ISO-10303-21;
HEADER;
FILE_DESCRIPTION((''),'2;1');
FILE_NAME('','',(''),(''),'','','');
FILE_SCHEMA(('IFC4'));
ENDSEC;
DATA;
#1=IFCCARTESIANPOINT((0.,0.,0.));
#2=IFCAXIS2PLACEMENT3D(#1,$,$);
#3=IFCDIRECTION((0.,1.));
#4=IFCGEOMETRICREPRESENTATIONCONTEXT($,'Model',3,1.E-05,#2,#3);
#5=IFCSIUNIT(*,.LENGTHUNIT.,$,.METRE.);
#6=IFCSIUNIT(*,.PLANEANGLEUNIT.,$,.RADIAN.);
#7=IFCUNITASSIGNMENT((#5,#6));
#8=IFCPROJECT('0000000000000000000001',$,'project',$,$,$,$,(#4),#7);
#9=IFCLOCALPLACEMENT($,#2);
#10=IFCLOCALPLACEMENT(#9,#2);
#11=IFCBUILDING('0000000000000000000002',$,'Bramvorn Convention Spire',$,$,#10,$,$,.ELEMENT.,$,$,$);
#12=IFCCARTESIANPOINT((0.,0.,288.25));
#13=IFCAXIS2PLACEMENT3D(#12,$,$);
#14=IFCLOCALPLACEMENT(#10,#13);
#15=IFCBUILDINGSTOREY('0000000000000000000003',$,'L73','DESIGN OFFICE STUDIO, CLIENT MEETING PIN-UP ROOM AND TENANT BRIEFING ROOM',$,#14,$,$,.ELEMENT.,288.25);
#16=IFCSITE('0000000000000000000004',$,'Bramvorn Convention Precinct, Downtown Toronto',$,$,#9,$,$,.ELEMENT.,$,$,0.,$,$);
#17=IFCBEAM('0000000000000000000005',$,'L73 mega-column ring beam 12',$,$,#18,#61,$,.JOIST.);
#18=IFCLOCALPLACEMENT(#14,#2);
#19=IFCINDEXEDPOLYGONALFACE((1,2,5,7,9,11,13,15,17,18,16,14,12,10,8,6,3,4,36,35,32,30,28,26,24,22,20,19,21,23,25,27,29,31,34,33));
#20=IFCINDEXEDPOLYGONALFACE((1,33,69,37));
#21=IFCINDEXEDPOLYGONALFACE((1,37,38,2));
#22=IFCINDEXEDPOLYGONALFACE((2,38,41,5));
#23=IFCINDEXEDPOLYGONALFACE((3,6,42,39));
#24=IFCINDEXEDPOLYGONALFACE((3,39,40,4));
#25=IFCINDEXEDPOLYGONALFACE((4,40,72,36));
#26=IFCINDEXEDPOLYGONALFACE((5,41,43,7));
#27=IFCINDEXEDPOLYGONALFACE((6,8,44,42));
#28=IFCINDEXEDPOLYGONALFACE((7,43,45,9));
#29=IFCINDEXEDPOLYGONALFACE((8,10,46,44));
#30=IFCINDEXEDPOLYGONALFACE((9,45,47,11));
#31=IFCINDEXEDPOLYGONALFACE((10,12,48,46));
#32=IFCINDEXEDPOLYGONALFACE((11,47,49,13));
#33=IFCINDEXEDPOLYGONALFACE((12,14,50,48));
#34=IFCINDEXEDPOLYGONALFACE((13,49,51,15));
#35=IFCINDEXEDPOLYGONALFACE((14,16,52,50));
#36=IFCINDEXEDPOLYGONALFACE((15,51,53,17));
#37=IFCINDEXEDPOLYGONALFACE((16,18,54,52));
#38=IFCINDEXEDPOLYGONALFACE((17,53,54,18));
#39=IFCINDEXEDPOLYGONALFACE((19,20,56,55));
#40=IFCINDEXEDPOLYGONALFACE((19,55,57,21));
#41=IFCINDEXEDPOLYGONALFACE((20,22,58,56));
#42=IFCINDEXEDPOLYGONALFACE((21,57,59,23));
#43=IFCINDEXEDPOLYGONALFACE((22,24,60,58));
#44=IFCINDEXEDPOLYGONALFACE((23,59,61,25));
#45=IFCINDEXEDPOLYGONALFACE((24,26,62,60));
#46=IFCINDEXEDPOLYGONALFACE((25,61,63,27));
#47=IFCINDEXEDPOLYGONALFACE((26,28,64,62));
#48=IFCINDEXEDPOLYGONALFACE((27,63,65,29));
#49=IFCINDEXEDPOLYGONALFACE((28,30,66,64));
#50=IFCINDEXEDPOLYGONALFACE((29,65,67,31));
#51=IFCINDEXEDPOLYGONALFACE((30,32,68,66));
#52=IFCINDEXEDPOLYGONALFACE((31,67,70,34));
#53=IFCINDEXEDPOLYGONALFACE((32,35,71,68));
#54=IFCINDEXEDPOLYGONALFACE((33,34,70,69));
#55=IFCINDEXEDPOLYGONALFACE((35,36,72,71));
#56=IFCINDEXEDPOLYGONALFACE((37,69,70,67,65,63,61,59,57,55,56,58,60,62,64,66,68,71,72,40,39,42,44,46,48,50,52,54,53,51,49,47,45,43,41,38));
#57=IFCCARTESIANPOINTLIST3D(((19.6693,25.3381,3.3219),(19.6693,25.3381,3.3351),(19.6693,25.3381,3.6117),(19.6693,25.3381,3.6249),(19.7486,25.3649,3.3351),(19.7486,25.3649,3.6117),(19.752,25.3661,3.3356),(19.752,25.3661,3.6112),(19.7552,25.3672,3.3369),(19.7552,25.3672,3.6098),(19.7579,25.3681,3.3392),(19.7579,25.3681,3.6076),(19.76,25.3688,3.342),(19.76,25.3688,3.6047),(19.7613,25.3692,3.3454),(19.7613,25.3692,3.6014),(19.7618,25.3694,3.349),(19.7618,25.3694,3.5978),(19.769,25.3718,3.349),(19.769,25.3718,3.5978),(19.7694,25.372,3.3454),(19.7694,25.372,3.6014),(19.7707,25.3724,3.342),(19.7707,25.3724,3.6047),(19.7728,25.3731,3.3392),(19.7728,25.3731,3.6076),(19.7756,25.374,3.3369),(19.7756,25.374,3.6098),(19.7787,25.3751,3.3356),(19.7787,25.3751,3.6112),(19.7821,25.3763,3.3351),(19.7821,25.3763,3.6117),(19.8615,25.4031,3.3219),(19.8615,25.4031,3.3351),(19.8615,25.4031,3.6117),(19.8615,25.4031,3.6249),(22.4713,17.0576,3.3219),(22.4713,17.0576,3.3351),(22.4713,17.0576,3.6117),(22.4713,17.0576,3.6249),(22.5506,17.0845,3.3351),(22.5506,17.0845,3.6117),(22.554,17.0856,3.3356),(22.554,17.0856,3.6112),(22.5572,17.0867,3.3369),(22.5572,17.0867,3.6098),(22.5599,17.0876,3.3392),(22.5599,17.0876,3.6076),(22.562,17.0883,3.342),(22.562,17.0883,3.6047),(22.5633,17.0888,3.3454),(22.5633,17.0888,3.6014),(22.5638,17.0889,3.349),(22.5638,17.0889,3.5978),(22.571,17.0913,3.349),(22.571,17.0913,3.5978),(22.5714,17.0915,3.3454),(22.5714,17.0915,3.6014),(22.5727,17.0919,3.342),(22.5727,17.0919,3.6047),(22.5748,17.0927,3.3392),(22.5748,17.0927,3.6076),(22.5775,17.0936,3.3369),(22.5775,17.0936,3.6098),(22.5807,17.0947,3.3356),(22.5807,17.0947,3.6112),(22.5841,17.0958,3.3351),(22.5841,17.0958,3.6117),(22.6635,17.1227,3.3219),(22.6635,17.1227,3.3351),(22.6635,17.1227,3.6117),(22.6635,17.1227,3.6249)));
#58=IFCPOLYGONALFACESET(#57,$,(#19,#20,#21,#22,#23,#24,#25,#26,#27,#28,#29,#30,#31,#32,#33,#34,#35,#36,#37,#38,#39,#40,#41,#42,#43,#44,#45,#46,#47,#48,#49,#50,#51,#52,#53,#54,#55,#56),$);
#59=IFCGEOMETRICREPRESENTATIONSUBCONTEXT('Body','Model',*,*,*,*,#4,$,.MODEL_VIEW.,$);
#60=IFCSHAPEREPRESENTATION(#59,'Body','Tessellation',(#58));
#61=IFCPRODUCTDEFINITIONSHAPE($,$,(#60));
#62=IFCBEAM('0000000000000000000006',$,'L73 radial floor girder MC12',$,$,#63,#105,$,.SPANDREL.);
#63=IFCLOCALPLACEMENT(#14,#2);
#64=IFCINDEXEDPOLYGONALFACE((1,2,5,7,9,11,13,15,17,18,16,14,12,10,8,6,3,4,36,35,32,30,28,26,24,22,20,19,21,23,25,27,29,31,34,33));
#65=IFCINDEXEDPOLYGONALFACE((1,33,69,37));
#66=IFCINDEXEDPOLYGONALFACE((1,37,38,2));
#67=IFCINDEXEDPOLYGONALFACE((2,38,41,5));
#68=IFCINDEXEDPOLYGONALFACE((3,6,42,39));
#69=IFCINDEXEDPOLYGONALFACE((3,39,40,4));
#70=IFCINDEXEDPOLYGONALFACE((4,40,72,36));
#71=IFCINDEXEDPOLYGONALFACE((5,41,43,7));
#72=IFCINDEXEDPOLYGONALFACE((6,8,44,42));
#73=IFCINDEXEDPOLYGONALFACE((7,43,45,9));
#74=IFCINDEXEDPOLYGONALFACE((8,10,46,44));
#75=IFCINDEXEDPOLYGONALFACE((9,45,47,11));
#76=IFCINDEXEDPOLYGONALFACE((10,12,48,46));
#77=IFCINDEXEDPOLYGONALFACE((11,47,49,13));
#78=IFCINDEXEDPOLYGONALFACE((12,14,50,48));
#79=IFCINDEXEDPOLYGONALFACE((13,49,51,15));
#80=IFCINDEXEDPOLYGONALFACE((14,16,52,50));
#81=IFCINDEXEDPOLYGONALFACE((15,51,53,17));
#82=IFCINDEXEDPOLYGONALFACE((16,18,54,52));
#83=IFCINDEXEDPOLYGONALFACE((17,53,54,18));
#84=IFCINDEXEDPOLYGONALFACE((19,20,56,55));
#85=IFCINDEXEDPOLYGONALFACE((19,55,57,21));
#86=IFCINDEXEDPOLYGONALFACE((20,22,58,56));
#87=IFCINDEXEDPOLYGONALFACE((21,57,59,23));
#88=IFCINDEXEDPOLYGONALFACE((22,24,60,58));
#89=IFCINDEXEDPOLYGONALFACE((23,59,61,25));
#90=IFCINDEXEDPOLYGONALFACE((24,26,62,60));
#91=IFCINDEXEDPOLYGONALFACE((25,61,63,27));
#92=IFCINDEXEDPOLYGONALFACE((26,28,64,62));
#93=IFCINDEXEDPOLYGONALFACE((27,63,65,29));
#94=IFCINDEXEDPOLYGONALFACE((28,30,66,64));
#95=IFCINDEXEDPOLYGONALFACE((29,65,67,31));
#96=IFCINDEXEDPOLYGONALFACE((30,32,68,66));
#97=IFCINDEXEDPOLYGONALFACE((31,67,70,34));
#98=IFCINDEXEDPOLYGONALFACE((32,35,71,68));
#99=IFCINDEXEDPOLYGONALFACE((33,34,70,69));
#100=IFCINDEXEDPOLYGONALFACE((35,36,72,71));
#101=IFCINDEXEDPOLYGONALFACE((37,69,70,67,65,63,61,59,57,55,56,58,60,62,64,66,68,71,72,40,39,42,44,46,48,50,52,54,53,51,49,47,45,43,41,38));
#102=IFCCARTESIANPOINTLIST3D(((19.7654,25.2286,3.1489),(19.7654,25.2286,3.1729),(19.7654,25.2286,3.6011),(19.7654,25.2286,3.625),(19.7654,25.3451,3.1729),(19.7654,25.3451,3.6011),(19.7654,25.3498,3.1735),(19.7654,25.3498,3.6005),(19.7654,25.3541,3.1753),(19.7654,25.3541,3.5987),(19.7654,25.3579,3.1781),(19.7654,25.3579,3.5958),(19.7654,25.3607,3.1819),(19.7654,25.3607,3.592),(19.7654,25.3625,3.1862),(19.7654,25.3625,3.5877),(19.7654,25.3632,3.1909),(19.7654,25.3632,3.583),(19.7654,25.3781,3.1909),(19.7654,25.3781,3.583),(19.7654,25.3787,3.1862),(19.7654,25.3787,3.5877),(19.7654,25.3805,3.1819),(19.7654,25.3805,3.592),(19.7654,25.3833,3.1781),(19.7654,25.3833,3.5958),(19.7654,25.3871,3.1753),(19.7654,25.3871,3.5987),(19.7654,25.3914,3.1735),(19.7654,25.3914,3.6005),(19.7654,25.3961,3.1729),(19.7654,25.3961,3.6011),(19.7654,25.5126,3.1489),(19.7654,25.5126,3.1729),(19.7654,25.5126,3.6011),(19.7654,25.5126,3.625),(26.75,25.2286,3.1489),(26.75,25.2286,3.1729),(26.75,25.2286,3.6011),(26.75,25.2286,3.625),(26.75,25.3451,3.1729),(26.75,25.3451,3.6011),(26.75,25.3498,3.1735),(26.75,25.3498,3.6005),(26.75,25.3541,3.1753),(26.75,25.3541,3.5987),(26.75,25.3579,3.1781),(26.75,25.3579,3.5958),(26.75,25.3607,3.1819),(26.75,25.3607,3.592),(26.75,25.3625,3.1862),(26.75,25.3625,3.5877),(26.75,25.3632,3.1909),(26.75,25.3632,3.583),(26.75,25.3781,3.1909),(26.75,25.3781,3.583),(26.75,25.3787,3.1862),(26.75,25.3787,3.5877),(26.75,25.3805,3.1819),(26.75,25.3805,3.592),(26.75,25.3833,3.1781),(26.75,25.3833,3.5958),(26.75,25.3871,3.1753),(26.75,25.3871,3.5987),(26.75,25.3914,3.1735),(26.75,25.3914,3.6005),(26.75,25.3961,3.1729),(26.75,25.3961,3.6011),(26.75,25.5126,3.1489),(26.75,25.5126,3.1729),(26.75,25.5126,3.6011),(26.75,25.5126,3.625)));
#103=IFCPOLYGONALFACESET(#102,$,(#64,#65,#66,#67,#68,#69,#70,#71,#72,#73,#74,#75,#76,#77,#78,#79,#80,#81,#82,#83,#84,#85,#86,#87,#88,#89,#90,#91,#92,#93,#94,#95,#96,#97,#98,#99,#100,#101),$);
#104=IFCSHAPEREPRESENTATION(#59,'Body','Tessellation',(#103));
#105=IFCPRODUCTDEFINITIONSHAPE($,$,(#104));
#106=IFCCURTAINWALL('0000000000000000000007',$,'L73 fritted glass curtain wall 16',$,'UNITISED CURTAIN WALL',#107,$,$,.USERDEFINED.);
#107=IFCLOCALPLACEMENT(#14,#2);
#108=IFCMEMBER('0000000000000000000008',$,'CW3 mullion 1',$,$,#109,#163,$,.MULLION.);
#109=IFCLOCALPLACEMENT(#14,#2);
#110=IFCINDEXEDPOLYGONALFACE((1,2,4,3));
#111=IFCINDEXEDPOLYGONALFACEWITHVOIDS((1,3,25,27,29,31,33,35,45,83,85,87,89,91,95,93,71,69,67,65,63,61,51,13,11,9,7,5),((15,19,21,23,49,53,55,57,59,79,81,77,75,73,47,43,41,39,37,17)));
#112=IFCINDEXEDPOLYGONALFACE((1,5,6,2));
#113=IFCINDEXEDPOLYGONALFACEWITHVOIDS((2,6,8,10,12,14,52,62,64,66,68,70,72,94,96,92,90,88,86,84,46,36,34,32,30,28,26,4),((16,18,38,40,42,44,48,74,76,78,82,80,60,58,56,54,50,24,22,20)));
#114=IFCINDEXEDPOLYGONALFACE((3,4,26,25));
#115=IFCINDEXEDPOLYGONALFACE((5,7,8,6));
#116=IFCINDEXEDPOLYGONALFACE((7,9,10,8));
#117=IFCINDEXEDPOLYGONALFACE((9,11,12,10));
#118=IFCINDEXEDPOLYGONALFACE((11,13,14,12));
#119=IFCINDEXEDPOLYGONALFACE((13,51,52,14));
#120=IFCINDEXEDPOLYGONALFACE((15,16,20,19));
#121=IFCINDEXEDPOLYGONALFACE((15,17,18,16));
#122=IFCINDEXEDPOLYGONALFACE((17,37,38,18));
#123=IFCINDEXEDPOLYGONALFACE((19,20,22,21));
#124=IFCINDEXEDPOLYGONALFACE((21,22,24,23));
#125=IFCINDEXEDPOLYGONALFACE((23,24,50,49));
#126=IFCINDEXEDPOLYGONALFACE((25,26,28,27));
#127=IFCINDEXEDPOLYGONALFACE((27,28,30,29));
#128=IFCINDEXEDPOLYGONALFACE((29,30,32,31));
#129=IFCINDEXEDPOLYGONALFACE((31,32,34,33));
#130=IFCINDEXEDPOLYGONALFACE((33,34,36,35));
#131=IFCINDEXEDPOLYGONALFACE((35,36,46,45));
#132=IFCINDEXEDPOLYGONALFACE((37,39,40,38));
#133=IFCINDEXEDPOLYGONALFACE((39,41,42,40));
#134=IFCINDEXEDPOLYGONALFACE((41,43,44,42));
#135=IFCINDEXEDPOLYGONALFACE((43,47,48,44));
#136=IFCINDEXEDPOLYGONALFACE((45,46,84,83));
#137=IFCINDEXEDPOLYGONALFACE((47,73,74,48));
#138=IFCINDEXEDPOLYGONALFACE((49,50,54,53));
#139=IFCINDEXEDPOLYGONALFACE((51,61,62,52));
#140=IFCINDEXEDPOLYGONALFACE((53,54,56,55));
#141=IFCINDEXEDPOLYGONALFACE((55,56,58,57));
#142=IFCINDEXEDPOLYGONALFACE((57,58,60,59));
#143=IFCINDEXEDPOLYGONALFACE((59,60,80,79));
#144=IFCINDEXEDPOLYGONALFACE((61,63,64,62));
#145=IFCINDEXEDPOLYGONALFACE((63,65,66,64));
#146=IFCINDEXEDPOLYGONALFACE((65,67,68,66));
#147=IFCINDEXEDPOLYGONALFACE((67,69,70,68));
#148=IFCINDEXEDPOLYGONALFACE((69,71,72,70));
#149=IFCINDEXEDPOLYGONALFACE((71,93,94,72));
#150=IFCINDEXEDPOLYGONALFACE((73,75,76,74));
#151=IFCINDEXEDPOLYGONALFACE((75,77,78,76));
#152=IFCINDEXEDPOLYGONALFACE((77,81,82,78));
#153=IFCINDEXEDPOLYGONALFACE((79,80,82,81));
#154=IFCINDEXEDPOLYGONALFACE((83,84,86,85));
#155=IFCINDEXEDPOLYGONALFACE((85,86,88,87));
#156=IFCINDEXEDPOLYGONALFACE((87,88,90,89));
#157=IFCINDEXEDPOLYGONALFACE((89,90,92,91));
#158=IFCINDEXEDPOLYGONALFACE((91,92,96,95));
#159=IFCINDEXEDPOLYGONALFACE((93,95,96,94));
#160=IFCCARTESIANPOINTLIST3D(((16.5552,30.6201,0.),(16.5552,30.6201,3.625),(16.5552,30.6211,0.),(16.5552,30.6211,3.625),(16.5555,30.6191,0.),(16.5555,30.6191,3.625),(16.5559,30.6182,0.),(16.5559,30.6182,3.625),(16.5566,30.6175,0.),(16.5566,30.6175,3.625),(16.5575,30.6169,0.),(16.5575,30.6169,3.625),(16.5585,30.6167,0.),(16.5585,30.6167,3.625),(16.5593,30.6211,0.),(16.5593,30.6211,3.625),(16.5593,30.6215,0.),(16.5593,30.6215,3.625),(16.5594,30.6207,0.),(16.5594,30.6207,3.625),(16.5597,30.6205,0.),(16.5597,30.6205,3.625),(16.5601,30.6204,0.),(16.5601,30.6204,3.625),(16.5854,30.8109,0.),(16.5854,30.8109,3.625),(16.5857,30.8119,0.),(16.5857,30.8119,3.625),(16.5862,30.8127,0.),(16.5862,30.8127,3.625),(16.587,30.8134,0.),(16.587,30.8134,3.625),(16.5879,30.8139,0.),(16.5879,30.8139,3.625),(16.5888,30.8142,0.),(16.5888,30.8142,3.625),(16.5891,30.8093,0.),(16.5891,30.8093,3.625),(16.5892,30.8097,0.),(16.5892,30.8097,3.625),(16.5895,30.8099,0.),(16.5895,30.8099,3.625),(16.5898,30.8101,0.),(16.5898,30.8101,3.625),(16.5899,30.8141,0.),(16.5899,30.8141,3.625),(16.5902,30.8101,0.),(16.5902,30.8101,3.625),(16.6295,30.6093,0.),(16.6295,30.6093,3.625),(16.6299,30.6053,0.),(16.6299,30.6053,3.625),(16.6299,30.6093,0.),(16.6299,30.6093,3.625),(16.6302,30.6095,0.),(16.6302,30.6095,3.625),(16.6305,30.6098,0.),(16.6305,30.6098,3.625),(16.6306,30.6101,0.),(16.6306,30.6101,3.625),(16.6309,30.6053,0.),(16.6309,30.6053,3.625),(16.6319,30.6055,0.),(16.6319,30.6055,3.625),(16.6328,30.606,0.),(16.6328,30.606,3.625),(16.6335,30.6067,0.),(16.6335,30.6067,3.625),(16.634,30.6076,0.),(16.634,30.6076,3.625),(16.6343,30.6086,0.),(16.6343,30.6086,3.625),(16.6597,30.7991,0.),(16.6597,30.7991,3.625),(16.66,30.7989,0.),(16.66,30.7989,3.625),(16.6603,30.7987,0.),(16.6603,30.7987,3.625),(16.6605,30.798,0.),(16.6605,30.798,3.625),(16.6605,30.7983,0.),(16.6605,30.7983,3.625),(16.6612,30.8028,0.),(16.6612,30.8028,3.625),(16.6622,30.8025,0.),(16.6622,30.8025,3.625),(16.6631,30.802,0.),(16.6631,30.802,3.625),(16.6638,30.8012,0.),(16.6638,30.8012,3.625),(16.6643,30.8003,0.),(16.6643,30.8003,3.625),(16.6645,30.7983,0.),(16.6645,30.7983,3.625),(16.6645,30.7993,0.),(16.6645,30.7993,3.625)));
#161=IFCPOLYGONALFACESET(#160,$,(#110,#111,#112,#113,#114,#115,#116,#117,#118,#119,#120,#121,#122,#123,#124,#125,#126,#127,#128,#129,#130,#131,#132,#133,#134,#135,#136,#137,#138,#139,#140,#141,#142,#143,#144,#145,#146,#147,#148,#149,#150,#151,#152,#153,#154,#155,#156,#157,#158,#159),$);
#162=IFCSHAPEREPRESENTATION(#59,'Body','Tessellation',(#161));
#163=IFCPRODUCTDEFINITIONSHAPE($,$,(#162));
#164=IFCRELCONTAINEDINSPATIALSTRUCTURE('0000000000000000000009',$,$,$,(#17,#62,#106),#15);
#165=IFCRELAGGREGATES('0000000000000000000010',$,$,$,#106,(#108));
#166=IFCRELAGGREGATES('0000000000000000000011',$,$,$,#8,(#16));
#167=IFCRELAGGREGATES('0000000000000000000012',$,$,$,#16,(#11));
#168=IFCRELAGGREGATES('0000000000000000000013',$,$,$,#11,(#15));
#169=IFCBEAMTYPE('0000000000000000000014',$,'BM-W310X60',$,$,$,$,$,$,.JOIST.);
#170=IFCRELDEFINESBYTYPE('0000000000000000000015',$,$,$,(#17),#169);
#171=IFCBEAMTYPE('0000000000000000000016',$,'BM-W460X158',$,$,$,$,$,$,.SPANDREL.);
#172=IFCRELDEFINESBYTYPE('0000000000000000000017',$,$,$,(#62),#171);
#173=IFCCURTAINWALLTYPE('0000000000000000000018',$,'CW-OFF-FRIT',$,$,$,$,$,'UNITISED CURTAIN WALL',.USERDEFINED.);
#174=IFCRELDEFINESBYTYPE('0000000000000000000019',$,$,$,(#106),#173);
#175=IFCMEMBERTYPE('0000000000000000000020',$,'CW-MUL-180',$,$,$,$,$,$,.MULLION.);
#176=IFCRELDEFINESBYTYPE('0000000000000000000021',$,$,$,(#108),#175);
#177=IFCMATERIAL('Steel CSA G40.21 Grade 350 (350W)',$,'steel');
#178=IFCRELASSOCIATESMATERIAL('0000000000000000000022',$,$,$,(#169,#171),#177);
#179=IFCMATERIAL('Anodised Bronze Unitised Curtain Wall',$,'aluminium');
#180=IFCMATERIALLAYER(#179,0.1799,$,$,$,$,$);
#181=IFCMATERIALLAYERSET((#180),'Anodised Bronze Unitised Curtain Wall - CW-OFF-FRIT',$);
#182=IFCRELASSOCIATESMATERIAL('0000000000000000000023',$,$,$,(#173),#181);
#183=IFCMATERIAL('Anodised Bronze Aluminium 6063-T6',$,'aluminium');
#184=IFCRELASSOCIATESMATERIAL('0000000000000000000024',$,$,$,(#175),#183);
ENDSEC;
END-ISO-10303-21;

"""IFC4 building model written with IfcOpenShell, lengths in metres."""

from ifc_helpers import new_model, si_unit, direction, frame, origin, origin_2d, place, context, subcontext, project, spatial, hollow_rectangle, i_section, extrude, material, layer, layer_set, material_profile, profile_set, type_object, element, aggregate, save


model = new_model("IFC4")

# Units and contexts
model_context = context("Model", 3, precision=1e-05, world=origin(), true_north=direction((0.0, 1.0)))
body_context = subcontext(model_context, "Body", "Model", "MODEL_VIEW")
ifc_project = project(units=[si_unit("LENGTHUNIT", "METRE"), si_unit("PLANEANGLEUNIT", "RADIAN")], contexts=[model_context])

# Site, building, storey
site_placement = place(None, origin())
site = spatial("IfcSite", under=ifc_project, at=site_placement, Name="Bramvorn Convention Precinct, Downtown Toronto", CompositionType="ELEMENT", RefElevation=0.0)
building_placement = place(site_placement, origin())
building = spatial("IfcBuilding", under=site, at=building_placement, Name="Bramvorn Convention Spire", CompositionType="ELEMENT")
storey_placement = place(building_placement, frame((0.0, 0.0, 288.25)))
storey = spatial("IfcBuildingStorey", under=building, at=storey_placement, Name="L73", Description="DESIGN OFFICE STUDIO, CLIENT MEETING PIN-UP ROOM AND TENANT BRIEFING ROOM", CompositionType="ELEMENT", Elevation=288.25)

# Shared definitions
ifc_material_1 = material(Name="Steel CSA G40.21 Grade 350 (350W)", Category="steel")

# Beams
ifc_material_profile_1 = material_profile(ifc_material_1, i_section(OverallWidth=0.2029, OverallDepth=0.303, WebThickness=0.0076, FlangeThickness=0.0132, FilletRadius=0.0139, at=origin_2d()))
ifc_profile_set_1 = profile_set([ifc_material_profile_1], Name="Steel CSA G40.21 Grade 350 (350W) - W310X60")
beam_type_1 = type_object("IfcBeamType", Name="BM-W310X60", PredefinedType="JOIST", material=ifc_profile_set_1)
beam_1_placement = place(storey_placement, frame((19.7654, 25.3706, 3.4734), z_axis=(0.320531, -0.947238, 0.0), x_axis=(0.947238, 0.320531, 0.0)))
element("IfcBeam", 1, at=beam_1_placement, inside=storey, type_object=beam_type_1, Name="L73 mega-column ring beam 12", PredefinedType="JOIST", context=body_context, shape_type="SweptSolid", body=[
    extrude(i_section(OverallWidth=0.2029, OverallDepth=0.303, WebThickness=0.0076, FlangeThickness=0.0132, FilletRadius=0.0139, at=origin_2d()), origin(), (0.0, 0.0, 1.0), 8.7417),
])
ifc_material_profile_2 = material_profile(ifc_material_1, i_section(OverallWidth=0.2839, OverallDepth=0.4761, WebThickness=0.0149, FlangeThickness=0.0239, FilletRadius=0.0181, at=origin_2d()))
ifc_profile_set_2 = profile_set([ifc_material_profile_2], Name="Steel CSA G40.21 Grade 350 (350W) - W460X158")
beam_type_2 = type_object("IfcBeamType", Name="BM-W460X158", PredefinedType="SPANDREL", material=ifc_profile_set_2)
beam_2_placement = place(storey_placement, frame((26.75, 25.3706, 3.387), z_axis=(-1.0, 0.0, 0.0), x_axis=(0.0, -1.0, 0.0)))
element("IfcBeam", 2, at=beam_2_placement, inside=storey, type_object=beam_type_2, Name="L73 radial floor girder MC12", PredefinedType="SPANDREL", context=body_context, shape_type="SweptSolid", body=[
    extrude(i_section(OverallWidth=0.2839, OverallDepth=0.4761, WebThickness=0.0149, FlangeThickness=0.0239, FilletRadius=0.0181, at=origin_2d()), origin(), (0.0, 0.0, 1.0), 6.9846),
])

# Curtain wall, member
ifc_material_2 = material(Name="Anodised Bronze Unitised Curtain Wall", Category="aluminium")
ifc_layer_1 = layer(ifc_material_2, 0.1799)
ifc_layer_set_1 = layer_set([ifc_layer_1], Name="Anodised Bronze Unitised Curtain Wall - CW-OFF-FRIT")
curtain_wall_type = type_object("IfcCurtainWallType", Name="CW-OFF-FRIT", ElementType="UNITISED CURTAIN WALL", PredefinedType="USERDEFINED", material=ifc_layer_set_1)
curtain_wall_1_placement = place(storey_placement, origin())
curtain_wall_1 = element("IfcCurtainWall", 3, at=curtain_wall_1_placement, inside=storey, type_object=curtain_wall_type, Name="L73 fritted glass curtain wall 16", ObjectType="UNITISED CURTAIN WALL", PredefinedType="USERDEFINED")
ifc_material_3 = material(Name="Anodised Bronze Aluminium 6063-T6", Category="aluminium")
ifc_material_profile_3 = material_profile(ifc_material_3, hollow_rectangle(XDim=0.0801, YDim=0.2, WallThickness=0.0039, InnerFilletRadius=0.001, OuterFilletRadius=0.0039, at=origin_2d()))
ifc_profile_set_3 = profile_set([ifc_material_profile_3], Name="Anodised Bronze Aluminium 6063-T6 - CWM80X200")
member_type_1 = type_object("IfcMemberType", Name="CW-MUL-180", PredefinedType="MULLION", material=ifc_profile_set_3)
member_1_placement = place(storey_placement, frame((16.6099, 30.7097, 0.0), z_axis=(0.0, 0.0, 1.0), x_axis=(-0.987609, 0.156937, 0.0)))
member_1 = element("IfcMember", 4, at=member_1_placement, type_object=member_type_1, Name="CW3 mullion 1", PredefinedType="MULLION", context=body_context, shape_type="SweptSolid", body=[
    extrude(hollow_rectangle(XDim=0.0801, YDim=0.2, WallThickness=0.0039, InnerFilletRadius=0.001, OuterFilletRadius=0.0039, at=origin_2d()), origin(), (0.0, 0.0, 1.0), 3.625),
])

aggregate(curtain_wall_1, [member_1])

save(model, "model.ifc")
